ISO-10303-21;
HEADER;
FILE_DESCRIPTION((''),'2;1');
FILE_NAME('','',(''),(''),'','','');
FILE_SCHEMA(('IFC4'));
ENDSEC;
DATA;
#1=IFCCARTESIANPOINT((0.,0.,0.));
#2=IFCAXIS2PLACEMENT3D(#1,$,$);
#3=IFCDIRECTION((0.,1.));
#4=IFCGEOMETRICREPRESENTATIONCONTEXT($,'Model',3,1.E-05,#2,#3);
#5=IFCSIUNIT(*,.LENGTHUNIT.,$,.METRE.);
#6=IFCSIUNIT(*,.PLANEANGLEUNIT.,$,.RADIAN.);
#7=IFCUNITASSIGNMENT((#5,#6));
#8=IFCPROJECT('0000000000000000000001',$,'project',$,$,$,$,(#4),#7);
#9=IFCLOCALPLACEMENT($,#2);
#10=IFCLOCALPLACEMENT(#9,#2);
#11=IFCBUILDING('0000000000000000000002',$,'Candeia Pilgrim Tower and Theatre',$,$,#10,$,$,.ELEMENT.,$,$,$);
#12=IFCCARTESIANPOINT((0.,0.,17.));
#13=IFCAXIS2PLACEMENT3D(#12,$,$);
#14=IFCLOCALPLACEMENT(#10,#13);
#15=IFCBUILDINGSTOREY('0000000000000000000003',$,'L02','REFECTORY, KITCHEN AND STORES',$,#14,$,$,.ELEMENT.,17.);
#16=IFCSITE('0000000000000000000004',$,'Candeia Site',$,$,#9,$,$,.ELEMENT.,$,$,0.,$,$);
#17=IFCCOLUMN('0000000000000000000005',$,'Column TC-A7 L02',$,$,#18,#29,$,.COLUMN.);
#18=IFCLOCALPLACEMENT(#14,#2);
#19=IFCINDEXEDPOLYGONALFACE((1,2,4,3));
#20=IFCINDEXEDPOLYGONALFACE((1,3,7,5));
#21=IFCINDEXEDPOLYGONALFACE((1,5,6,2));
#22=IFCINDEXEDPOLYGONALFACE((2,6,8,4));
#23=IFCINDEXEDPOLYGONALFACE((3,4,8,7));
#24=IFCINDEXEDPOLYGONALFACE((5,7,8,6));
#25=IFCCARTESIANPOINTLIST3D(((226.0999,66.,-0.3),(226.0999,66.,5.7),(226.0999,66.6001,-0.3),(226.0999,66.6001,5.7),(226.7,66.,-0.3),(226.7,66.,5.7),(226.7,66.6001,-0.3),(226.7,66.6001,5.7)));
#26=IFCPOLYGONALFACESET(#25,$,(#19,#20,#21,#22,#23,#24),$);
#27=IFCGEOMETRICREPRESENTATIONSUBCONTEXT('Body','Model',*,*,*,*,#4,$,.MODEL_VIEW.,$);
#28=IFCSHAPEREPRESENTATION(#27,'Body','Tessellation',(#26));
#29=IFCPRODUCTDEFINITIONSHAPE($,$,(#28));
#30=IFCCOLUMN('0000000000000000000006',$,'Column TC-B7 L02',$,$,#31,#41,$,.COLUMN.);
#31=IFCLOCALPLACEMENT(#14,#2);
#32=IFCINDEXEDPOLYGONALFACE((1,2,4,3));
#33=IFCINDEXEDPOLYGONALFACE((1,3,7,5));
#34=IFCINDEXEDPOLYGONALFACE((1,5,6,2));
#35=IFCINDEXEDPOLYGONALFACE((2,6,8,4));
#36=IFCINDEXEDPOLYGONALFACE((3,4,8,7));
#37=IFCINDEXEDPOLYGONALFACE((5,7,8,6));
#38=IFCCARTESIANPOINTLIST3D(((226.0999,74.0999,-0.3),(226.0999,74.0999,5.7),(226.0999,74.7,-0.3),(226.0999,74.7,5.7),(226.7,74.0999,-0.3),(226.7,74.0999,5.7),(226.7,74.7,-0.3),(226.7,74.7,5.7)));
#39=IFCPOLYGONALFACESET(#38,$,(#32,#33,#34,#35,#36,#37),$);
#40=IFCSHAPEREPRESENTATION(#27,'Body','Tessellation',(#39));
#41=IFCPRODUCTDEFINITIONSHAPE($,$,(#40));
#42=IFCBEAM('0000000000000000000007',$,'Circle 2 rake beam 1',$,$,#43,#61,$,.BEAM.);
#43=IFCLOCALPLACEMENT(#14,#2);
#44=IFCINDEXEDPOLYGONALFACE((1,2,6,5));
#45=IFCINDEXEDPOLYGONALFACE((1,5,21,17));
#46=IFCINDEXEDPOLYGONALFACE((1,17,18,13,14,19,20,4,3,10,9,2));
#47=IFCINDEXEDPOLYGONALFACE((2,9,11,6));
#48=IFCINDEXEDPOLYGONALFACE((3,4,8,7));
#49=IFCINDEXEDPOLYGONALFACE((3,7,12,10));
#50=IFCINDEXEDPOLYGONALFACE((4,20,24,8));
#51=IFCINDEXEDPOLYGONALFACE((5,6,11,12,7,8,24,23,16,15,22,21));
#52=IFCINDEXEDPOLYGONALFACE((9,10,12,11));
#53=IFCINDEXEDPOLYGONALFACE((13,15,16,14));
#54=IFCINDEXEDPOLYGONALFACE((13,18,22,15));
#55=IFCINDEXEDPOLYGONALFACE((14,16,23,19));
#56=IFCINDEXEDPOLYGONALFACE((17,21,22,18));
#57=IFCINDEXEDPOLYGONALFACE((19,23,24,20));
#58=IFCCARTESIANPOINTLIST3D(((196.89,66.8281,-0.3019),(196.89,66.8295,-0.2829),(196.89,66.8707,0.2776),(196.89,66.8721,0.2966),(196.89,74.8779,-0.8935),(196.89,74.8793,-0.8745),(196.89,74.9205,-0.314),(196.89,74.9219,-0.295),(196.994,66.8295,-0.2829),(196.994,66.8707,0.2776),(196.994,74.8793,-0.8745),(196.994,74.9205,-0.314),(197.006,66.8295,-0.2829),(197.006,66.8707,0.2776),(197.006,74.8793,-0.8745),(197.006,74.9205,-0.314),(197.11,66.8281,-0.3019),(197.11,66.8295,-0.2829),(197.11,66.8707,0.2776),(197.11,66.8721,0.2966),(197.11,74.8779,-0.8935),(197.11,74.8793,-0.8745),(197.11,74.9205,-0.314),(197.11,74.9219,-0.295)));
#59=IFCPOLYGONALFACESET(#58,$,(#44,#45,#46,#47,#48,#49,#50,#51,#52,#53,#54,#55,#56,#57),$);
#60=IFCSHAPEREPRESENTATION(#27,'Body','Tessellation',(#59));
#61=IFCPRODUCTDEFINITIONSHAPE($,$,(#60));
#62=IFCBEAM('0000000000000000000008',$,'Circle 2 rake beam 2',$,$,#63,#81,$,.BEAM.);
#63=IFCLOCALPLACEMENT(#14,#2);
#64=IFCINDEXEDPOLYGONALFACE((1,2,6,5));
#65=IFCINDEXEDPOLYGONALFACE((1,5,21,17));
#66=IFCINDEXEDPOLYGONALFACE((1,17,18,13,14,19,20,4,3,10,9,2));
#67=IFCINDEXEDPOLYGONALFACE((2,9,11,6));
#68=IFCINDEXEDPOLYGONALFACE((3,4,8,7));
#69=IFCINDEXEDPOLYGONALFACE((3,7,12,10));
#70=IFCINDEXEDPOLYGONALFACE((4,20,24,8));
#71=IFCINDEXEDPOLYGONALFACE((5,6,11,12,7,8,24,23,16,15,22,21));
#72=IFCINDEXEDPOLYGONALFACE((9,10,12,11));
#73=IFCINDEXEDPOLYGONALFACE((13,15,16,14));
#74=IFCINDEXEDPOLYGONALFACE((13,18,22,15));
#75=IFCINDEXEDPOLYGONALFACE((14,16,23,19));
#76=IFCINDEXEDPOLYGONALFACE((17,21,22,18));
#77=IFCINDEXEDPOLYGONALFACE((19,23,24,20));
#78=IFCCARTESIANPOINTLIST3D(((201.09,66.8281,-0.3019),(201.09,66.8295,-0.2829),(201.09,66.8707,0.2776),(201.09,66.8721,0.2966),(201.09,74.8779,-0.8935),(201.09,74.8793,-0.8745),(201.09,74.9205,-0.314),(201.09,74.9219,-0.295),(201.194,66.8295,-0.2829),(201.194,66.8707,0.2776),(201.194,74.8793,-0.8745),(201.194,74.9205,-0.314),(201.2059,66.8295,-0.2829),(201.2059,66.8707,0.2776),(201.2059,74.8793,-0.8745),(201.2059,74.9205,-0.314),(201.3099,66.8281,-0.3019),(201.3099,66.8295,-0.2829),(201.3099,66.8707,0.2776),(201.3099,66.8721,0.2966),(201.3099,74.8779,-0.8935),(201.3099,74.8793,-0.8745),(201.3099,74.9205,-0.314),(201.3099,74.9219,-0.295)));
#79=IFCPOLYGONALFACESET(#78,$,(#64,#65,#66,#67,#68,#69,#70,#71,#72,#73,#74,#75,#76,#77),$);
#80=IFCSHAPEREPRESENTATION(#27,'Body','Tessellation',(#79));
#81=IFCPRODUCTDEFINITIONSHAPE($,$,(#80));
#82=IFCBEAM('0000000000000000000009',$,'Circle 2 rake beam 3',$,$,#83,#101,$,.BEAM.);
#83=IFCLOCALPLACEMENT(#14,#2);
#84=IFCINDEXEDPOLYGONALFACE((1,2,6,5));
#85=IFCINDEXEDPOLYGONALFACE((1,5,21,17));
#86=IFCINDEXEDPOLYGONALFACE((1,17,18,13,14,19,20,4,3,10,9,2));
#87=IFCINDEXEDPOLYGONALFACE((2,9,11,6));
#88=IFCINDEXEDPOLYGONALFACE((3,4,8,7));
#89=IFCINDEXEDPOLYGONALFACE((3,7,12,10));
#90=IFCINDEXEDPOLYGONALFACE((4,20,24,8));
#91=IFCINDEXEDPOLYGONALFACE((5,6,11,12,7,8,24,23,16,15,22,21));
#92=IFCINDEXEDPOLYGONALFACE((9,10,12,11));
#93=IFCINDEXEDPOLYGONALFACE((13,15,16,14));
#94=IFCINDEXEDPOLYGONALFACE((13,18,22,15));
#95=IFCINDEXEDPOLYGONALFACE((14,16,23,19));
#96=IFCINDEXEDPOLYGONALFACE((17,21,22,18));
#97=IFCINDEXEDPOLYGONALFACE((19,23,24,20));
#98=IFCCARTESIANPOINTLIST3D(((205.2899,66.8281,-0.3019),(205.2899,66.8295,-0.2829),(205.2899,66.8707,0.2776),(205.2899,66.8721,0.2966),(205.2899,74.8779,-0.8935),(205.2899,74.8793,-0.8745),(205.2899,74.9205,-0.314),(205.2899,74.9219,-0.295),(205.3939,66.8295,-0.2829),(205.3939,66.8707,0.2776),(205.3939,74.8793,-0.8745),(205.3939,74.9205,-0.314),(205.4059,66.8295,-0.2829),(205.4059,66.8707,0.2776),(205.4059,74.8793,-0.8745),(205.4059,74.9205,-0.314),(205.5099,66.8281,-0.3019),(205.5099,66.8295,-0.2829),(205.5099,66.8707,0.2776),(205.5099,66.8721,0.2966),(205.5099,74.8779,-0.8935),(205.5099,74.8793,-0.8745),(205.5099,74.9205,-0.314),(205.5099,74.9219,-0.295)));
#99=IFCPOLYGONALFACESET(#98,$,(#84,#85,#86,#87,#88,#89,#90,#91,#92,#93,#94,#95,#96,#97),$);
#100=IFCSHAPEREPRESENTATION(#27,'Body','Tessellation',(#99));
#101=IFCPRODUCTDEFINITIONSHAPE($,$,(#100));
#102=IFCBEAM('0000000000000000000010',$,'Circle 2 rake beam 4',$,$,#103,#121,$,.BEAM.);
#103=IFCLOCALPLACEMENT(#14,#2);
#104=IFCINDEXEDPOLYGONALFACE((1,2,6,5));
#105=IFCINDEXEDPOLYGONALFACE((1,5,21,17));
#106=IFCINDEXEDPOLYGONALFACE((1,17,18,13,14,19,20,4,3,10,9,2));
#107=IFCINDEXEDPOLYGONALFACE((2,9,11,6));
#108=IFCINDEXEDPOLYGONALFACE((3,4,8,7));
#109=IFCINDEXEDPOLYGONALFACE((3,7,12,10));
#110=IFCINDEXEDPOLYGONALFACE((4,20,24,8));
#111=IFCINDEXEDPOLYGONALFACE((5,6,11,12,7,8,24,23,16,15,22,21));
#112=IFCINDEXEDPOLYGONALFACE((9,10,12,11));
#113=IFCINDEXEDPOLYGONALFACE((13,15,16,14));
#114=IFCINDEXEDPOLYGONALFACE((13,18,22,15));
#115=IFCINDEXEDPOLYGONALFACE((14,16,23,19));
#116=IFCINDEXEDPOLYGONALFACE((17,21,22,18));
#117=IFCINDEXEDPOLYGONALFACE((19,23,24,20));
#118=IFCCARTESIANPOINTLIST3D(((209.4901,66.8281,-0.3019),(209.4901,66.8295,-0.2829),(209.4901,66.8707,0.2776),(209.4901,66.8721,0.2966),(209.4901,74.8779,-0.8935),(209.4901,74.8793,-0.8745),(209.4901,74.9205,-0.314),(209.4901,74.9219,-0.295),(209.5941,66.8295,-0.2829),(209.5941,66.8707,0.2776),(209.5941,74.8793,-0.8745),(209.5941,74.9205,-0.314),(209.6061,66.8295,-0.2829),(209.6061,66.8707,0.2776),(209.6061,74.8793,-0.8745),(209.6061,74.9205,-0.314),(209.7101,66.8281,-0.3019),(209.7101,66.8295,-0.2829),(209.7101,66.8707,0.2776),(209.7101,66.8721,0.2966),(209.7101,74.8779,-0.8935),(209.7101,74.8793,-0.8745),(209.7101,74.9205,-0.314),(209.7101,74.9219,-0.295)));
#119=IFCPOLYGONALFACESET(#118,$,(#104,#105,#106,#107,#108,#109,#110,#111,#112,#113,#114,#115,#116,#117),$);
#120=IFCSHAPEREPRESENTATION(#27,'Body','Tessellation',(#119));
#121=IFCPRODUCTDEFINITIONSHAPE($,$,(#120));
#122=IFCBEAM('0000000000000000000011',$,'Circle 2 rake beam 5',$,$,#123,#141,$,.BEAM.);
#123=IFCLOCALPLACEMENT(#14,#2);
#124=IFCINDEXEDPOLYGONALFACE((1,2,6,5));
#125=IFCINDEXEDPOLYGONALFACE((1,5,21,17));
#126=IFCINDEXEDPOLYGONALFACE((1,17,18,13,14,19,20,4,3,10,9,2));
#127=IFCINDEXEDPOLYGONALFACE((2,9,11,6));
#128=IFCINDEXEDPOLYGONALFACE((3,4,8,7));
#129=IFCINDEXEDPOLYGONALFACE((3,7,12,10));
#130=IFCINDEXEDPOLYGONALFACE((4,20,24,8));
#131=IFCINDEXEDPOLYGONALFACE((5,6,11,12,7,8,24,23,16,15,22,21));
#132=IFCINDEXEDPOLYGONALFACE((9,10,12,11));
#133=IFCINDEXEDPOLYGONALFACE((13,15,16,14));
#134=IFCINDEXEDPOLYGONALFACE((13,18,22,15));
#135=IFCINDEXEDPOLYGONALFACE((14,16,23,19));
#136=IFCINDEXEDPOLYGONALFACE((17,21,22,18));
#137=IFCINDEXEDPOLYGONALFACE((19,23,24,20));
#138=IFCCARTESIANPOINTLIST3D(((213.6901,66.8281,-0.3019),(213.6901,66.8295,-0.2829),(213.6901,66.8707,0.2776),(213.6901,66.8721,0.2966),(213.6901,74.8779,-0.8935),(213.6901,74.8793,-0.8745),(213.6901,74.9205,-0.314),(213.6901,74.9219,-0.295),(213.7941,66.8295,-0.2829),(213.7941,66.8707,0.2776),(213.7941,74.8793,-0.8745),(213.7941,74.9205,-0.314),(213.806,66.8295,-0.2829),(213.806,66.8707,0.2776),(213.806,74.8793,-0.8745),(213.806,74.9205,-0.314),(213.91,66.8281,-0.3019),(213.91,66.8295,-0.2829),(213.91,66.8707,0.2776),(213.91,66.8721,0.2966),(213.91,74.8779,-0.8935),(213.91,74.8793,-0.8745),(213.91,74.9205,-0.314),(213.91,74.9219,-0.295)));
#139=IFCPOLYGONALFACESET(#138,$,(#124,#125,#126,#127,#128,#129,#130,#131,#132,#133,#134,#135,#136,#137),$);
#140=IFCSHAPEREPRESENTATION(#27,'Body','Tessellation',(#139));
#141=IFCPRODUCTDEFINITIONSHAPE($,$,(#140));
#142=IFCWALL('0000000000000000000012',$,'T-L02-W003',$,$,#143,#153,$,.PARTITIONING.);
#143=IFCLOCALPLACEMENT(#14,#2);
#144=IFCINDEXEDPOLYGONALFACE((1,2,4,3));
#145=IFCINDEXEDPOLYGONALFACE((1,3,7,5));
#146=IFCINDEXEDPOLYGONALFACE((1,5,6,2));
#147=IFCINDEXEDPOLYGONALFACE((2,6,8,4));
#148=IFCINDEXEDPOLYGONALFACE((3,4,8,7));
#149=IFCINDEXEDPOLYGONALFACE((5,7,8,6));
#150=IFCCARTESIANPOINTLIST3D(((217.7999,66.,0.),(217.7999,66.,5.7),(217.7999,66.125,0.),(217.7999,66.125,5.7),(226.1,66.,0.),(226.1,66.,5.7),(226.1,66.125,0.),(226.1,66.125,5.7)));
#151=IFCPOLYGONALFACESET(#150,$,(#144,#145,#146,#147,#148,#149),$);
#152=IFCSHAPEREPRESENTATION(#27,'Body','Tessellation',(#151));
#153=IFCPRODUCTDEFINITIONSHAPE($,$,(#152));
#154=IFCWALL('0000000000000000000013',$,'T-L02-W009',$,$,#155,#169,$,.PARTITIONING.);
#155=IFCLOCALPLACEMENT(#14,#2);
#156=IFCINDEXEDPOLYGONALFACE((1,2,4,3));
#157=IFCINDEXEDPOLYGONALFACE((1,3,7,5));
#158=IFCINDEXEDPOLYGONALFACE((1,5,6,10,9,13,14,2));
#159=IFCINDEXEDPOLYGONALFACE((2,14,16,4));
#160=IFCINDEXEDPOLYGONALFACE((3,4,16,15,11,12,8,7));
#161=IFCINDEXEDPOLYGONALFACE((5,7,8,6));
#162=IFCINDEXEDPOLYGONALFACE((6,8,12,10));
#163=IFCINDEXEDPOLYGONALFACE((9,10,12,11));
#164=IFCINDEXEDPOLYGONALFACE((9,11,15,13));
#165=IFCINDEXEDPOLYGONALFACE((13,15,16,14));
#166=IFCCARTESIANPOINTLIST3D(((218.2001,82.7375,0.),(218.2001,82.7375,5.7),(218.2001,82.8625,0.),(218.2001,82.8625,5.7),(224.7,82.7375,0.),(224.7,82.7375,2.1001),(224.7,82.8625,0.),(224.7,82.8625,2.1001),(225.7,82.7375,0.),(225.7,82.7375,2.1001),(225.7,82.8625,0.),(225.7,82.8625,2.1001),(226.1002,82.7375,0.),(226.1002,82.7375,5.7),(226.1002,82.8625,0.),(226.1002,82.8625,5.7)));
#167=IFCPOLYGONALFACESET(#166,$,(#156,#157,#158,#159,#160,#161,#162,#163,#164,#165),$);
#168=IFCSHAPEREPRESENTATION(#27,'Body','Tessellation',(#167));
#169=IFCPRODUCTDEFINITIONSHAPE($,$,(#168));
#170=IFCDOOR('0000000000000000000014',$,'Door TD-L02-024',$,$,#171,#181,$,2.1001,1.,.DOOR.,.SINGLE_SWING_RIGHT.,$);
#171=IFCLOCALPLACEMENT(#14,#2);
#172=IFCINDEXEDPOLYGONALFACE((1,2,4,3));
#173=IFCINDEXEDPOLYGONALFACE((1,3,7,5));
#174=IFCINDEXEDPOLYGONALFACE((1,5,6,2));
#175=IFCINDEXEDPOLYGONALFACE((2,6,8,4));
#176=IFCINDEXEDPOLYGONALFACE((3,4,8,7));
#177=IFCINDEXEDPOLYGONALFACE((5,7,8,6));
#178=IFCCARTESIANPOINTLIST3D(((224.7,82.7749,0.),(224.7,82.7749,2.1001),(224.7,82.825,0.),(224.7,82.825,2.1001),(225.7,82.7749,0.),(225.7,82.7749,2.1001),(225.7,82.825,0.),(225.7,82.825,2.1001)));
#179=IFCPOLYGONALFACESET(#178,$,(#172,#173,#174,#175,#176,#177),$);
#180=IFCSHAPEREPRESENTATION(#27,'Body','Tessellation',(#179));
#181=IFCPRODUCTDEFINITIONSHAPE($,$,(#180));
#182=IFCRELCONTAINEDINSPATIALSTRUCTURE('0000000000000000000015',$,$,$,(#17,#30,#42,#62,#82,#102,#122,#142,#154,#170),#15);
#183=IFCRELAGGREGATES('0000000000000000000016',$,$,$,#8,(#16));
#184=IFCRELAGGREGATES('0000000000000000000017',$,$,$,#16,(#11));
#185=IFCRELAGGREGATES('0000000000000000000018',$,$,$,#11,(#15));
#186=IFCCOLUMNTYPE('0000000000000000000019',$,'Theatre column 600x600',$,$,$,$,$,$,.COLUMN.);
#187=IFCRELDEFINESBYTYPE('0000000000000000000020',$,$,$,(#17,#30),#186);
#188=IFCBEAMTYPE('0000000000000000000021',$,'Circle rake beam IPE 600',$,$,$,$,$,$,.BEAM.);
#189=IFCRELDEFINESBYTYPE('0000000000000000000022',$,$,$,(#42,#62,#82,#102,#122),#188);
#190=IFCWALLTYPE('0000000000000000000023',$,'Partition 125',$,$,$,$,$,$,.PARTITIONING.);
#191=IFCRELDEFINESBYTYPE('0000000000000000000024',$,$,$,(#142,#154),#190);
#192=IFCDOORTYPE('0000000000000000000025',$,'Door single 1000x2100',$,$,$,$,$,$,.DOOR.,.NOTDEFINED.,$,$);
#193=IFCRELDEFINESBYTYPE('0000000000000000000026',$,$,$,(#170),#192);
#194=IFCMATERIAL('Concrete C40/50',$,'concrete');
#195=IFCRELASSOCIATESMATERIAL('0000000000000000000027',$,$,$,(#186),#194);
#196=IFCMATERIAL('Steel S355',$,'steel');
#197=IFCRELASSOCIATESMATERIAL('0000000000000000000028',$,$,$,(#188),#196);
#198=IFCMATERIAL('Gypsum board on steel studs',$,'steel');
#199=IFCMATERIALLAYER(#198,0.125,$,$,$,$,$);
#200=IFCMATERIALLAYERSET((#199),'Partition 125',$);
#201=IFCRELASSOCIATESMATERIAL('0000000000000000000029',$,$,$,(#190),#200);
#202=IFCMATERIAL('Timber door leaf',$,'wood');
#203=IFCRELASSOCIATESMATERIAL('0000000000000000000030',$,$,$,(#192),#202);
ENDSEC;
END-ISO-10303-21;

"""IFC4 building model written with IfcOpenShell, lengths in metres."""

from ifc_helpers import new_model, si_unit, direction, frame, frame_2d, origin, origin_2d, place, context, subcontext, project, spatial, rectangle, i_section, extrude, material, layer, layer_set, material_profile, profile_set, type_object, element, fill, save


model = new_model("IFC4")

# Units and contexts
model_context = context("Model", 3, precision=1e-05, world=origin(), true_north=direction((0.0, 1.0)))
body_context = subcontext(model_context, "Body", "Model", "MODEL_VIEW")
ifc_project = project(units=[si_unit("LENGTHUNIT", "METRE"), si_unit("PLANEANGLEUNIT", "RADIAN")], contexts=[model_context])

# Site, building, storey
site_placement = place(None, origin())
site = spatial("IfcSite", under=ifc_project, at=site_placement, Name="Candeia Site", CompositionType="ELEMENT", RefElevation=0.0)
building_placement = place(site_placement, origin())
building = spatial("IfcBuilding", under=site, at=building_placement, Name="Candeia Pilgrim Tower and Theatre", CompositionType="ELEMENT")
storey_placement = place(building_placement, frame((0.0, 0.0, 17.0)))
storey = spatial("IfcBuildingStorey", under=building, at=storey_placement, Name="L02", Description="REFECTORY, KITCHEN AND STORES", CompositionType="ELEMENT", Elevation=17.0)

# Columns
ifc_material_1 = material(Name="Concrete C40/50", Category="concrete")
ifc_material_profile_1 = material_profile(ifc_material_1, rectangle(XDim=0.6001, YDim=0.6001, at=origin_2d()))
ifc_profile_set_1 = profile_set([ifc_material_profile_1], Name="Concrete C40/50")
column_type = type_object("IfcColumnType", Name="Theatre column 600x600", PredefinedType="COLUMN", material=ifc_profile_set_1)
for number, where, z_axis, x_axis, name in (
    (1, (226.3999, 66.3, -0.3), (0.0, 0.0, 1.0), (1.0, 0.0, 0.0), "Column TC-A7 L02"),
    (2, (226.3999, 74.3999, -0.3), (0.0, 0.0, 1.0), (1.0, 0.0, 0.0), "Column TC-B7 L02"),
):
    element("IfcColumn", number, at=place(storey_placement, frame(where, z_axis=z_axis, x_axis=x_axis)), inside=storey, type_object=column_type, Name=name, PredefinedType="COLUMN", context=body_context, shape_type="SweptSolid", body=[
        extrude(rectangle(XDim=0.6001, YDim=0.6001, at=origin_2d()), origin(), (0.0, 0.0, 1.0), 6.0),
    ])

# Beams
ifc_material_2 = material(Name="Steel S355", Category="steel")
ifc_material_profile_2 = material_profile(ifc_material_2, i_section(OverallWidth=0.22, OverallDepth=0.6001, WebThickness=0.012, FlangeThickness=0.019, at=origin_2d()))
ifc_profile_set_2 = profile_set([ifc_material_profile_2], Name="Steel S355")
beam_type = type_object("IfcBeamType", Name="Circle rake beam IPE 600", PredefinedType="BEAM", material=ifc_profile_set_2)
for number, where, z_axis, x_axis, name in (
    (3, (197.0, 66.8501, -0.0027), (0.0, 0.997311, -0.073289), (-1.0, 0.0, 0.0), "Circle 2 rake beam 1"),
    (4, (201.2, 66.8501, -0.0027), (0.0, 0.997311, -0.073289), (-1.0, 0.0, 0.0), "Circle 2 rake beam 2"),
    (5, (205.3999, 66.8501, -0.0027), (0.0, 0.997311, -0.073289), (-1.0, 0.0, 0.0), "Circle 2 rake beam 3"),
    (6, (209.6001, 66.8501, -0.0027), (0.0, 0.997311, -0.073289), (-1.0, 0.0, 0.0), "Circle 2 rake beam 4"),
    (7, (213.8, 66.8501, -0.0027), (0.0, 0.997311, -0.073289), (-1.0, 0.0, 0.0), "Circle 2 rake beam 5"),
):
    element("IfcBeam", number, at=place(storey_placement, frame(where, z_axis=z_axis, x_axis=x_axis)), inside=storey, type_object=beam_type, Name=name, PredefinedType="BEAM", context=body_context, shape_type="SweptSolid", body=[
        extrude(i_section(OverallWidth=0.22, OverallDepth=0.6001, WebThickness=0.012, FlangeThickness=0.019, at=origin_2d()), origin(), (0.0, 0.0, 1.0), 8.0715),
    ])

# Wall
ifc_material_3 = material(Name="Gypsum board on steel studs", Category="steel")
ifc_layer_1 = layer(ifc_material_3, 0.125)
ifc_layer_set_1 = layer_set([ifc_layer_1], Name="Partition 125")
wall_type_1 = type_object("IfcWallType", Name="Partition 125", PredefinedType="PARTITIONING", material=ifc_layer_set_1)
wall_1_placement = place(storey_placement, frame((217.8, 66.0625, 0.0), z_axis=(0.0, 0.0, 1.0), x_axis=(1.0, 0.0, 0.0)))
element("IfcWall", 8, at=wall_1_placement, inside=storey, type_object=wall_type_1, Name="T-L02-W003", PredefinedType="PARTITIONING", context=body_context, shape_type="SweptSolid", body=[
    extrude(rectangle(XDim=8.3, YDim=0.125, at=frame_2d((4.1499, 0.0))), origin(), (0.0, 0.0, 1.0), 5.7),
])

# Wall, opening, door
wall_2_placement = place(storey_placement, frame((218.2, 82.8, 0.0), z_axis=(0.0, 0.0, 1.0), x_axis=(1.0, 0.0, 0.0)))
wall_2 = element("IfcWall", 9, at=wall_2_placement, inside=storey, type_object=wall_type_1, Name="T-L02-W009", PredefinedType="PARTITIONING", context=body_context, shape_type="SweptSolid", body=[
    extrude(rectangle(XDim=7.9001, YDim=0.125, at=frame_2d((3.9502, 0.0))), origin(), (0.0, 0.0, 1.0), 5.7),
])
opening_1_placement = place(wall_2_placement, frame((6.5, 0.0, 0.0)))
opening_1 = element("IfcOpeningElement", 10, at=opening_1_placement, cuts=wall_2, PredefinedType="OPENING", context=body_context, shape_type="SweptSolid", body=[
    extrude(rectangle(XDim=1.0, YDim=2.1001, at=frame_2d((0.5, 1.05))), frame((0.0, 0.0725, 0.0), z_axis=(0.0, -1.0, 0.0), x_axis=(1.0, 0.0, 0.0)), (0.0, 0.0, 1.0), 0.145),
])
ifc_material_4 = material(Name="Timber door leaf", Category="wood")
door_type_1 = type_object("IfcDoorType", Name="Door single 1000x2100", OperationType="NOTDEFINED", PredefinedType="DOOR", material=ifc_material_4)
door_1_placement = place(opening_1_placement, origin())
door_1 = element("IfcDoor", 11, at=door_1_placement, inside=storey, type_object=door_type_1, Name="Door TD-L02-024", OperationType="SINGLE_SWING_RIGHT", OverallHeight=2.1001, OverallWidth=1.0, PredefinedType="DOOR", context=body_context, shape_type="SweptSolid", body=[
    extrude(rectangle(XDim=1.0, YDim=2.1001, at=frame_2d((0.5, 1.05))), frame((0.0, 0.0249, 0.0), z_axis=(0.0, -1.0, 0.0), x_axis=(1.0, 0.0, 0.0)), (0.0, 0.0, 1.0), 0.05),
])
fill(opening_1, door_1)

save(model, "model.ifc")
